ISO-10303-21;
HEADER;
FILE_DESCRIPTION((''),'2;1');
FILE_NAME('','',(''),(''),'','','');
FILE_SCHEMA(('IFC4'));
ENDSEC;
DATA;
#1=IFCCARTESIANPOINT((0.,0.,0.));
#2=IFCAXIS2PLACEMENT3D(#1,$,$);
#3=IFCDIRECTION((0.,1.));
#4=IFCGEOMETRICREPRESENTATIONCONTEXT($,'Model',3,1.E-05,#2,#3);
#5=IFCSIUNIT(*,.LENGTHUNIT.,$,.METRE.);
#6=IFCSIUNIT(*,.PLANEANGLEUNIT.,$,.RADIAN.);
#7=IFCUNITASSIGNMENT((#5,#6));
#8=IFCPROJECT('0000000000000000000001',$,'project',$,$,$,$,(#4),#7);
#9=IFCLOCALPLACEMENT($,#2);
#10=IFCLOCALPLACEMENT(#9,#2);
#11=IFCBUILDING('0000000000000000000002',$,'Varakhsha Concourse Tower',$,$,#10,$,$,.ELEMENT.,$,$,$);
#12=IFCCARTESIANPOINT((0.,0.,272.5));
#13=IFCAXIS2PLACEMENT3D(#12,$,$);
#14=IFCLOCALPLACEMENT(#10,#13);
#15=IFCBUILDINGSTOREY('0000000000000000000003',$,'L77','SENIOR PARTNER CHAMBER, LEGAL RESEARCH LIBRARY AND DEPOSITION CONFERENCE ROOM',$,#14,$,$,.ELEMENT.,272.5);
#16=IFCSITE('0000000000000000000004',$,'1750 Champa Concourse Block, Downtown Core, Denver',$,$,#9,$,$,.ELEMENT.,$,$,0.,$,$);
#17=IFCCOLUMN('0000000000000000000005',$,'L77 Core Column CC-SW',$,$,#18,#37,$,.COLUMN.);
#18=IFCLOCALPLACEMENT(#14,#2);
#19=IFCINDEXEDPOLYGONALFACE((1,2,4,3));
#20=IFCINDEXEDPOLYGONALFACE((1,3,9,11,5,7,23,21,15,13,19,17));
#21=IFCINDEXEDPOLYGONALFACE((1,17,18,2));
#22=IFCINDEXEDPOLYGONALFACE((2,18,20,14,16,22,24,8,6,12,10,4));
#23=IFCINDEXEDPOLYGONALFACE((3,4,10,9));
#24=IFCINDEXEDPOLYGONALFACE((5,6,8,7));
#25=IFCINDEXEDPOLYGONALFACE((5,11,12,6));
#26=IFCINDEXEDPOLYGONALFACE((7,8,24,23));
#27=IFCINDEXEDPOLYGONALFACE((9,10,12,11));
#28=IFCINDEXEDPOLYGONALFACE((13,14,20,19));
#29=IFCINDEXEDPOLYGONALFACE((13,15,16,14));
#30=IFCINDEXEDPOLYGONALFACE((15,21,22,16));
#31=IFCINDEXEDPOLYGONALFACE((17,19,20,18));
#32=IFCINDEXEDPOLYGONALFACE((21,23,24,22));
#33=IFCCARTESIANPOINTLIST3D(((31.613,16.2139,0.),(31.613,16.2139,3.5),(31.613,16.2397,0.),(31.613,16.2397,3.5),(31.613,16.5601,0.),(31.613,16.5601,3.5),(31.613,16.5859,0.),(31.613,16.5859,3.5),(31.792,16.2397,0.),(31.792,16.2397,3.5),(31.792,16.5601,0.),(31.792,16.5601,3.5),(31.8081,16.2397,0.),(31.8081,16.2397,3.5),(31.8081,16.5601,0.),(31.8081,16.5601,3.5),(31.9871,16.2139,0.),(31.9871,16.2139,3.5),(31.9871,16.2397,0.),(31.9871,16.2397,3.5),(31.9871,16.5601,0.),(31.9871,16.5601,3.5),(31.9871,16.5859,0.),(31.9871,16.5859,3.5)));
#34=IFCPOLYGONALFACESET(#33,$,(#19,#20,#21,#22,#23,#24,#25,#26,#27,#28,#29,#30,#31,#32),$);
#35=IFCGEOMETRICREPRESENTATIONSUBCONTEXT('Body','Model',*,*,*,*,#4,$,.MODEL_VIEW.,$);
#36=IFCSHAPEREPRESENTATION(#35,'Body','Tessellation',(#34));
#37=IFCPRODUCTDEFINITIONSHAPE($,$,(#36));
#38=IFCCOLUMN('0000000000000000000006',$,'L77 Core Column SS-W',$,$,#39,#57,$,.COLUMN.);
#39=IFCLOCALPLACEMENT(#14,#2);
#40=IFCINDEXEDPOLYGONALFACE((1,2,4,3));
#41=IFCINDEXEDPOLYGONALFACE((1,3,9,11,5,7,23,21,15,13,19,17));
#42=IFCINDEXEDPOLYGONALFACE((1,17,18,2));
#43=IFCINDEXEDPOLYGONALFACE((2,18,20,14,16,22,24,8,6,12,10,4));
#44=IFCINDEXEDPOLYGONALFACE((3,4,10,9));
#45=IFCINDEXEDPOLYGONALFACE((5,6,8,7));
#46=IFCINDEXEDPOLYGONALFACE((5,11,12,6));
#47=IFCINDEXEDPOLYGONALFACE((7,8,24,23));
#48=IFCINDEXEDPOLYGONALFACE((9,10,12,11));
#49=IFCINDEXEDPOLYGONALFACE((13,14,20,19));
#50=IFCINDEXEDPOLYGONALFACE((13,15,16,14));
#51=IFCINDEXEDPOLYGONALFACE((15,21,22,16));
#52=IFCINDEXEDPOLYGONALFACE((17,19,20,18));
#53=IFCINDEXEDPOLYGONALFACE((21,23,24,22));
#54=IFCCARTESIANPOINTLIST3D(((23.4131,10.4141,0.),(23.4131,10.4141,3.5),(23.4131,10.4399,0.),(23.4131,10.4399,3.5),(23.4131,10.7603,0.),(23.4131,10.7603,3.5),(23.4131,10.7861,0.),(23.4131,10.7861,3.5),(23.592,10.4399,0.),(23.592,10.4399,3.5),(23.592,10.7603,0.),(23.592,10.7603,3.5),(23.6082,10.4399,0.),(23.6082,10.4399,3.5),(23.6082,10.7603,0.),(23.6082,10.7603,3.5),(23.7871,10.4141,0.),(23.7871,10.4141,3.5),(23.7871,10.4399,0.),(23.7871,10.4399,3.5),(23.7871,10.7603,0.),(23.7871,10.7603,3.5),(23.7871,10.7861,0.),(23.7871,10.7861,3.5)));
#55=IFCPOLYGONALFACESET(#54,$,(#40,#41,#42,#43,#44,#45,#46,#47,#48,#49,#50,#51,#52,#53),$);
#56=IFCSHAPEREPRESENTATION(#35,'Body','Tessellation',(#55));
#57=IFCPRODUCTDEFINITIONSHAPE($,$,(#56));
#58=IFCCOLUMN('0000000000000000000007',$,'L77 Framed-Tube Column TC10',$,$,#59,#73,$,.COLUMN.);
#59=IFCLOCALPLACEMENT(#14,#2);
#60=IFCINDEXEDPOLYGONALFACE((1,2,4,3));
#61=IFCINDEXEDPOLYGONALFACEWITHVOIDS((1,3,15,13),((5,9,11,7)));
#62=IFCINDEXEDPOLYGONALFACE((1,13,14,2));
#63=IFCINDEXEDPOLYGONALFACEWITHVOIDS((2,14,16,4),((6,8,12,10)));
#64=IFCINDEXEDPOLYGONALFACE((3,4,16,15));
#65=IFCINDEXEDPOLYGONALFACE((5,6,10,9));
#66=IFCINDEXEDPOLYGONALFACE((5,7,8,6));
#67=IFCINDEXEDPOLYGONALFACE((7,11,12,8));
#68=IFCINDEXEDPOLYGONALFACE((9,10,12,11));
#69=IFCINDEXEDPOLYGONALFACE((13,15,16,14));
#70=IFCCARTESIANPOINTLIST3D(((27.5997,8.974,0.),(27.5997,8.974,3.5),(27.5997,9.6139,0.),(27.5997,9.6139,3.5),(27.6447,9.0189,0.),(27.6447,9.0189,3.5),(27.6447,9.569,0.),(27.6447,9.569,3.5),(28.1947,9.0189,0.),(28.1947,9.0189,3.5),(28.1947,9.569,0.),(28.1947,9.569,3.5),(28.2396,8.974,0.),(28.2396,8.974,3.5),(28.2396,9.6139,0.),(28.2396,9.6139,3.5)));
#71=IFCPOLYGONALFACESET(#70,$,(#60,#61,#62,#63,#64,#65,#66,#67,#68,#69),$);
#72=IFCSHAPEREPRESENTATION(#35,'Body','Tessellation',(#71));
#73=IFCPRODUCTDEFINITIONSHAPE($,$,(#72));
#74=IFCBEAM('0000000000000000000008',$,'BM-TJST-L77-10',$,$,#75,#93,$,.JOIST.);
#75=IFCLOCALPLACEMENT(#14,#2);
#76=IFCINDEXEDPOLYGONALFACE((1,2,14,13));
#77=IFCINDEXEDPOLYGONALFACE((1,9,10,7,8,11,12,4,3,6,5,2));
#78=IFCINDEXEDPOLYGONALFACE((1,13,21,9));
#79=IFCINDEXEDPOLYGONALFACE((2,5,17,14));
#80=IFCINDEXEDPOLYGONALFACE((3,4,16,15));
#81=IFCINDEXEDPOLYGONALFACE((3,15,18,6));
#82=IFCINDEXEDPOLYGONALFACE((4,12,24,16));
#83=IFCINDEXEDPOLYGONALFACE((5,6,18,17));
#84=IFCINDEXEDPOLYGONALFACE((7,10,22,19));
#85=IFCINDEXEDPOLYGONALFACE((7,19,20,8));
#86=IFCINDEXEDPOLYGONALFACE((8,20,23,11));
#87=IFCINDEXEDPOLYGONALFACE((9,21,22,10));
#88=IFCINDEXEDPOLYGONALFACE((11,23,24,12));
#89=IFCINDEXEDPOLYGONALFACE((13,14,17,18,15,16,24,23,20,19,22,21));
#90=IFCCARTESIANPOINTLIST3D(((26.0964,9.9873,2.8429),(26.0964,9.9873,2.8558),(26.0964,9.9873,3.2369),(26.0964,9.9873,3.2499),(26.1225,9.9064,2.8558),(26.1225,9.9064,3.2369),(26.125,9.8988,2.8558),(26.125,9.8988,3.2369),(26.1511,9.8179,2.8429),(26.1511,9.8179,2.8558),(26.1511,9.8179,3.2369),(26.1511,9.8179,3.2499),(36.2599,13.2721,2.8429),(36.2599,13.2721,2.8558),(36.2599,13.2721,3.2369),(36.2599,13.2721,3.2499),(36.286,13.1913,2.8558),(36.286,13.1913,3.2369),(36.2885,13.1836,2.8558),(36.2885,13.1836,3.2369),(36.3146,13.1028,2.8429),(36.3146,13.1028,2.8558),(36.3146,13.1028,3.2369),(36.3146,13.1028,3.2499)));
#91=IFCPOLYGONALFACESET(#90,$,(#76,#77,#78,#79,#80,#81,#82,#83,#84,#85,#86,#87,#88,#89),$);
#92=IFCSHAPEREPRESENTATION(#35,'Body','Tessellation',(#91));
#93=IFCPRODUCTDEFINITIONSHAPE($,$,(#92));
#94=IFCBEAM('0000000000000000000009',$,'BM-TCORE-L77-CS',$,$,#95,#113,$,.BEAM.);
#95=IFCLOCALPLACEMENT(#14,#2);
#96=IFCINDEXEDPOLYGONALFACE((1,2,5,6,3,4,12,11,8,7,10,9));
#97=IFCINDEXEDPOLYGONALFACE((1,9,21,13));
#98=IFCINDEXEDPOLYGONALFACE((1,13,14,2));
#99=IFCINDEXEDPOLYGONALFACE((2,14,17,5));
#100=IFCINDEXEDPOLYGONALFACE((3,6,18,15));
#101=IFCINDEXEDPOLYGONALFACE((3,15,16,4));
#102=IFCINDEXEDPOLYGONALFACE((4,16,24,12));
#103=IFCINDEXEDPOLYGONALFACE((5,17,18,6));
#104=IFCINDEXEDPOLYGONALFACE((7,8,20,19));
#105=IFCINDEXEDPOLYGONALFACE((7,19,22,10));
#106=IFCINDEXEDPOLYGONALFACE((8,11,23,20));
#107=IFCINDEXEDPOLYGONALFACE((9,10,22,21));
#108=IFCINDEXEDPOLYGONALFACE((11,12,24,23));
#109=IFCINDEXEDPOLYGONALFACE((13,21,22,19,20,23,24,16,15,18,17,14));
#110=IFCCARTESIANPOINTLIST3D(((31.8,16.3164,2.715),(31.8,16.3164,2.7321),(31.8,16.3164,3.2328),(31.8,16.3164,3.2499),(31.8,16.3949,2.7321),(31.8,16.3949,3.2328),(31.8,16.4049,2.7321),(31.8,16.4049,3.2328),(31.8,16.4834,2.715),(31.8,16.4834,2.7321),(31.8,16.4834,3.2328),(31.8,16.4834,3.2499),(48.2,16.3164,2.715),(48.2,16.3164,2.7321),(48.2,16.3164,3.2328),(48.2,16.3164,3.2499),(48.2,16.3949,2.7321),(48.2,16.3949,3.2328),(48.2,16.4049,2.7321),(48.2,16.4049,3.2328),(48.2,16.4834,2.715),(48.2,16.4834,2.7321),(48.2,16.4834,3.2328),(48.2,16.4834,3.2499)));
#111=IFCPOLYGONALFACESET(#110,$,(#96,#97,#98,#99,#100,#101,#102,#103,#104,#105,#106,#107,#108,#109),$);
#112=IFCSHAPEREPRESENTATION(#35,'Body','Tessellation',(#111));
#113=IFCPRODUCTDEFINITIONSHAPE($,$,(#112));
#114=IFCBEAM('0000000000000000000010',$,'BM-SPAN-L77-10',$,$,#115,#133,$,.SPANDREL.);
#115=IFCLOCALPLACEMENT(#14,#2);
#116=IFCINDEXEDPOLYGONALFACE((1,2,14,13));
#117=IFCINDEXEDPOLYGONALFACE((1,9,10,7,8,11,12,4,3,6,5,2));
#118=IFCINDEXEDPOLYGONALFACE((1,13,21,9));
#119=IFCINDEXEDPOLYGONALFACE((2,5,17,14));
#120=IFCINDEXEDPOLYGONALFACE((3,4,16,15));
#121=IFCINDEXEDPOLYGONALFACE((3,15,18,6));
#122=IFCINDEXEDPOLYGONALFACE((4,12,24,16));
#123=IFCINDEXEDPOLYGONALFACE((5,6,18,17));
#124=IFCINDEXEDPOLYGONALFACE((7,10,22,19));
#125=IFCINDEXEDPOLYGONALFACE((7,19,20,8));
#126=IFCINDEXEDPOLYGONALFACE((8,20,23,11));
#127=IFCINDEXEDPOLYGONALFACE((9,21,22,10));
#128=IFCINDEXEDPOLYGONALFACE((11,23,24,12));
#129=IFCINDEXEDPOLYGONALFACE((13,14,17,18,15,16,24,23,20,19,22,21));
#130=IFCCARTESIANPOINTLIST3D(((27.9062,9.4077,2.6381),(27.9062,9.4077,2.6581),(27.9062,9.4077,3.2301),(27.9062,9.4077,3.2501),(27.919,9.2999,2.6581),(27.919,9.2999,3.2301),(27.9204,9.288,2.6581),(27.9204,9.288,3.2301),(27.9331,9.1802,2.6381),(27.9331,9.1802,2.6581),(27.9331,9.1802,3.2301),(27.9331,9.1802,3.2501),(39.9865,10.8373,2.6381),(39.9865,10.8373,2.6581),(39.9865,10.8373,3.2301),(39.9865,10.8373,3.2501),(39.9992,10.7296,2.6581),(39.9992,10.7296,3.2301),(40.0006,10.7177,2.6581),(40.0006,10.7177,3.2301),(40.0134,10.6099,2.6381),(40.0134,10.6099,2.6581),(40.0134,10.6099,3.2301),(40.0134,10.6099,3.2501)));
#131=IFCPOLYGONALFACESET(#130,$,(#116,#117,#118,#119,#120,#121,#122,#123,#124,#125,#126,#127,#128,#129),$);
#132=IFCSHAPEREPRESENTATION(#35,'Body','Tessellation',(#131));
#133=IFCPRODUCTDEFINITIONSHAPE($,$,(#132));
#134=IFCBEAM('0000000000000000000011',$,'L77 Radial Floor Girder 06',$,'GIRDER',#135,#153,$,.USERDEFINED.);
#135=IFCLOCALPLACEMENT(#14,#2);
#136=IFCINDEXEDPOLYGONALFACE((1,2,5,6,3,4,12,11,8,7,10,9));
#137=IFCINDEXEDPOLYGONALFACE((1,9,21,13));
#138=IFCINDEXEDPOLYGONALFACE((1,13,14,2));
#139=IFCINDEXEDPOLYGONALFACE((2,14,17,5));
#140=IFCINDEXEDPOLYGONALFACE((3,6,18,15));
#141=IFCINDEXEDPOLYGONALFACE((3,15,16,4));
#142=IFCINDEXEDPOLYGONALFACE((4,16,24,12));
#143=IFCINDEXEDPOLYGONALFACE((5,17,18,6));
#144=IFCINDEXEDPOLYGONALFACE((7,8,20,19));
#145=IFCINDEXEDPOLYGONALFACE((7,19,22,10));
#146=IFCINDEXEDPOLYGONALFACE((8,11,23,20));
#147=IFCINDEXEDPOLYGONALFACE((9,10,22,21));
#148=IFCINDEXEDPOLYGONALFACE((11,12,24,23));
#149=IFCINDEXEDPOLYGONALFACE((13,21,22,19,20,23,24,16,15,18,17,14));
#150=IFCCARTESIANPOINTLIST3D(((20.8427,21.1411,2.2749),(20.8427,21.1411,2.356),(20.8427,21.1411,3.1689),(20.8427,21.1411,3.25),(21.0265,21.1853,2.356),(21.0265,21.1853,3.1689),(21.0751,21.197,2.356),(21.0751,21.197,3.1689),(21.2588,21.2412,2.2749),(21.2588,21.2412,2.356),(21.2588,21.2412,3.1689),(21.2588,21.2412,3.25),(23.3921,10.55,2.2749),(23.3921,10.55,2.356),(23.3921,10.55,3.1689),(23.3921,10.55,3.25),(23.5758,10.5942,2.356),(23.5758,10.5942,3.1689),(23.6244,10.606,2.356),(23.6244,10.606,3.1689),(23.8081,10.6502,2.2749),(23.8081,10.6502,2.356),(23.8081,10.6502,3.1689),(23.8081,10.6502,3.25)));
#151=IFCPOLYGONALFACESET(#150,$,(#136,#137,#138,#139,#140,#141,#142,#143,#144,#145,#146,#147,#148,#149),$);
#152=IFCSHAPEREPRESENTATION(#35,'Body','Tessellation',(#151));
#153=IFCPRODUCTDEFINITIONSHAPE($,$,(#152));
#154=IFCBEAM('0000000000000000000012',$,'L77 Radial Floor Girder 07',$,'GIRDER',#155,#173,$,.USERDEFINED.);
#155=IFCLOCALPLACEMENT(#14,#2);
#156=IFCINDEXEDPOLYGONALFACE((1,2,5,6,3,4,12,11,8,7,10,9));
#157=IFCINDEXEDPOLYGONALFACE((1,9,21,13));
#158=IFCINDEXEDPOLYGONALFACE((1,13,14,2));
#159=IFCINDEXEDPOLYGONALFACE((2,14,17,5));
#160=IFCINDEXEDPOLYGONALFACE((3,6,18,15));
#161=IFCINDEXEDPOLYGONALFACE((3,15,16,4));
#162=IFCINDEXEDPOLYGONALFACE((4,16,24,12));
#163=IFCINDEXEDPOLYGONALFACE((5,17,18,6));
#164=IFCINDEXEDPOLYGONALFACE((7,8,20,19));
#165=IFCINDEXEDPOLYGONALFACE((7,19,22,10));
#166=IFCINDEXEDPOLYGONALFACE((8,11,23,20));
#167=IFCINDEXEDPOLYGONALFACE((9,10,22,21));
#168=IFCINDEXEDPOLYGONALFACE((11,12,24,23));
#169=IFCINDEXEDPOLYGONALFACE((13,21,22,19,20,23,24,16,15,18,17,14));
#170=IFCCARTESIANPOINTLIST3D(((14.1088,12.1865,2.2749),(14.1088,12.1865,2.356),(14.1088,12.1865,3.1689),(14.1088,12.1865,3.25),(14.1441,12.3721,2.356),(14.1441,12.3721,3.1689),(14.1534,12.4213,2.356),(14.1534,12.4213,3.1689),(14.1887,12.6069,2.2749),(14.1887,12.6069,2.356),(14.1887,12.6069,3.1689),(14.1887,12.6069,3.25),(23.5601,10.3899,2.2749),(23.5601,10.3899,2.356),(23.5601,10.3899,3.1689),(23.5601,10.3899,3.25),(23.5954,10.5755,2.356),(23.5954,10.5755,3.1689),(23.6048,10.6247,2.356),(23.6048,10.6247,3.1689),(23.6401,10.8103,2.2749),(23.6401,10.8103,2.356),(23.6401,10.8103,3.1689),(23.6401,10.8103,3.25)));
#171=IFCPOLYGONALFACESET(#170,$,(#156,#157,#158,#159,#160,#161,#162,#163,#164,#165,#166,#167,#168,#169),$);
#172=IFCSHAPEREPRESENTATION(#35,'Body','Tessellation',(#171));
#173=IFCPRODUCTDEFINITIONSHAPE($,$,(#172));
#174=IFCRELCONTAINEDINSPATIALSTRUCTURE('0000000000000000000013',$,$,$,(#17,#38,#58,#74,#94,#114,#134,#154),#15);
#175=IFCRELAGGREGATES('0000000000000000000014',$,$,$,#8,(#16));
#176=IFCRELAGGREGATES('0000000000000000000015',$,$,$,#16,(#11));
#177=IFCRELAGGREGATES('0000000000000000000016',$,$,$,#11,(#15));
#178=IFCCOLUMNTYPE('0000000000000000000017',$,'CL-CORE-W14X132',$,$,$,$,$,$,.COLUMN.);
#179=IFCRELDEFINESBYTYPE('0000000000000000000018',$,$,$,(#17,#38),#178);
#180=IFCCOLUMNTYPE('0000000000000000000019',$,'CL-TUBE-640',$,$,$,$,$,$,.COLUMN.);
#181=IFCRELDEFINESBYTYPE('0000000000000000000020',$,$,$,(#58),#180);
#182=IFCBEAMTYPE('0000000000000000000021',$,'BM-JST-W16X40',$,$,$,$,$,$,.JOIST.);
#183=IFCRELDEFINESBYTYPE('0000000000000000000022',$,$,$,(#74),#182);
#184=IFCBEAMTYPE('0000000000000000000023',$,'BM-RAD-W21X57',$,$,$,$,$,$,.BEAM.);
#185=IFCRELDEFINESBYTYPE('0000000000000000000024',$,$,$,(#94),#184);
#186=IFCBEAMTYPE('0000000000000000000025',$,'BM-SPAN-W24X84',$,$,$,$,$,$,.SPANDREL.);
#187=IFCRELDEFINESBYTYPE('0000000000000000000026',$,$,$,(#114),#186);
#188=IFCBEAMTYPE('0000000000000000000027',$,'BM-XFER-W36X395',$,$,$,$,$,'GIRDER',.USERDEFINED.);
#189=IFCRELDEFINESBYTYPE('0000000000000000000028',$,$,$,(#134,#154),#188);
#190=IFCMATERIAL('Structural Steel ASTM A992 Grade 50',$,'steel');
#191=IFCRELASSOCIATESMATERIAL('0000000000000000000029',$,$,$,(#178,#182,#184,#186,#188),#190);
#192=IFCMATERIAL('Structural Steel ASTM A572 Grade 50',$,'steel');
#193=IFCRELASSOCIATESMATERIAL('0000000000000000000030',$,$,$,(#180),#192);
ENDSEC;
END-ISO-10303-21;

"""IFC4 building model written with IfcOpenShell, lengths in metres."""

from ifc_helpers import new_model, si_unit, direction, frame, origin, origin_2d, place, context, subcontext, project, spatial, hollow_rectangle, i_section, extrude, material, material_profile, profile_set, type_object, element, save


model = new_model("IFC4")

# Units and contexts
model_context = context("Model", 3, precision=1e-05, world=origin(), true_north=direction((0.0, 1.0)))
body_context = subcontext(model_context, "Body", "Model", "MODEL_VIEW")
ifc_project = project(units=[si_unit("LENGTHUNIT", "METRE"), si_unit("PLANEANGLEUNIT", "RADIAN")], contexts=[model_context])

# Site, building, storey
site_placement = place(None, origin())
site = spatial("IfcSite", under=ifc_project, at=site_placement, Name="1750 Champa Concourse Block, Downtown Core, Denver", CompositionType="ELEMENT", RefElevation=0.0)
building_placement = place(site_placement, origin())
building = spatial("IfcBuilding", under=site, at=building_placement, Name="Varakhsha Concourse Tower", CompositionType="ELEMENT")
storey_placement = place(building_placement, frame((0.0, 0.0, 272.5)))
storey = spatial("IfcBuildingStorey", under=building, at=storey_placement, Name="L77", Description="SENIOR PARTNER CHAMBER, LEGAL RESEARCH LIBRARY AND DEPOSITION CONFERENCE ROOM", CompositionType="ELEMENT", Elevation=272.5)

# Columns
ifc_material_1 = material(Name="Structural Steel ASTM A992 Grade 50", Category="steel")
ifc_material_profile_1 = material_profile(ifc_material_1, i_section(OverallWidth=0.374, OverallDepth=0.3721, WebThickness=0.0161, FlangeThickness=0.0259, at=origin_2d()), Name="W14X132")
ifc_profile_set_1 = profile_set([ifc_material_profile_1], Name="Structural Steel ASTM A992 Grade 50")
column_type_1 = type_object("IfcColumnType", Name="CL-CORE-W14X132", PredefinedType="COLUMN", material=ifc_profile_set_1)
for number, where, z_axis, x_axis, name in (
    (1, (31.8, 16.3999, 0.0), (0.0, 0.0, 1.0), (1.0, 0.0, 0.0), "L77 Core Column CC-SW"),
    (2, (23.6001, 10.6001, 0.0), (0.0, 0.0, 1.0), (1.0, 0.0, 0.0), "L77 Core Column SS-W"),
):
    element("IfcColumn", number, at=place(storey_placement, frame(where, z_axis=z_axis, x_axis=x_axis)), inside=storey, type_object=column_type_1, Name=name, PredefinedType="COLUMN", context=body_context, shape_type="SweptSolid", body=[
        extrude(i_section(OverallWidth=0.374, OverallDepth=0.3721, WebThickness=0.0161, FlangeThickness=0.0259, at=origin_2d()), origin(), (0.0, 0.0, 1.0), 3.5),
    ])
ifc_material_2 = material(Name="Structural Steel ASTM A572 Grade 50", Category="steel")
ifc_material_profile_2 = material_profile(ifc_material_2, hollow_rectangle(XDim=0.6399, YDim=0.6399, WallThickness=0.0449, at=origin_2d()), Name="BOX 640x640x45")
ifc_profile_set_2 = profile_set([ifc_material_profile_2], Name="Structural Steel ASTM A572 Grade 50")
column_type_2 = type_object("IfcColumnType", Name="CL-TUBE-640", PredefinedType="COLUMN", material=ifc_profile_set_2)
column_placement = place(storey_placement, frame((27.9197, 9.2939, 0.0), z_axis=(0.0, 0.0, 1.0), x_axis=(1.0, 0.0, 0.0)))
element("IfcColumn", 3, at=column_placement, inside=storey, type_object=column_type_2, Name="L77 Framed-Tube Column TC10", PredefinedType="COLUMN", context=body_context, shape_type="SweptSolid", body=[
    extrude(hollow_rectangle(XDim=0.6399, YDim=0.6399, WallThickness=0.0449, at=origin_2d()), origin(), (0.0, 0.0, 1.0), 3.5),
])

# Beams
ifc_material_profile_3 = material_profile(ifc_material_1, i_section(OverallWidth=0.178, OverallDepth=0.407, WebThickness=0.0081, FlangeThickness=0.0129, at=origin_2d()), Name="W16X40")
ifc_profile_set_3 = profile_set([ifc_material_profile_3], Name="Structural Steel ASTM A992 Grade 50")
beam_type_1 = type_object("IfcBeamType", Name="BM-JST-W16X40", PredefinedType="JOIST", material=ifc_profile_set_3)
beam_1_placement = place(storey_placement, frame((26.1238, 9.9026, 3.0464), z_axis=(0.951535, 0.30754, 0.0), x_axis=(-0.30754, 0.951535, 0.0)))
element("IfcBeam", 4, at=beam_1_placement, inside=storey, type_object=beam_type_1, Name="BM-TJST-L77-10", PredefinedType="JOIST", context=body_context, shape_type="SweptSolid", body=[
    extrude(i_section(OverallWidth=0.178, OverallDepth=0.407, WebThickness=0.0081, FlangeThickness=0.0129, at=origin_2d()), origin(), (0.0, 0.0, 1.0), 10.6812),
])
ifc_material_profile_4 = material_profile(ifc_material_1, i_section(OverallWidth=0.167, OverallDepth=0.5349, WebThickness=0.01, FlangeThickness=0.0171, at=origin_2d()), Name="W21X57")
ifc_profile_set_4 = profile_set([ifc_material_profile_4], Name="Structural Steel ASTM A992 Grade 50")
beam_type_2 = type_object("IfcBeamType", Name="BM-RAD-W21X57", PredefinedType="BEAM", material=ifc_profile_set_4)
beam_2_placement = place(storey_placement, frame((31.8, 16.3999, 2.9824), z_axis=(1.0, 0.0, 0.0), x_axis=(0.0, 1.0, 0.0)))
element("IfcBeam", 5, at=beam_2_placement, inside=storey, type_object=beam_type_2, Name="BM-TCORE-L77-CS", PredefinedType="BEAM", context=body_context, shape_type="SweptSolid", body=[
    extrude(i_section(OverallWidth=0.167, OverallDepth=0.5349, WebThickness=0.01, FlangeThickness=0.0171, at=origin_2d()), origin(), (0.0, 0.0, 1.0), 16.3999),
])
ifc_material_profile_5 = material_profile(ifc_material_1, i_section(OverallWidth=0.229, OverallDepth=0.6121, WebThickness=0.012, FlangeThickness=0.02, at=origin_2d()), Name="W24X84")
ifc_profile_set_5 = profile_set([ifc_material_profile_5], Name="Structural Steel ASTM A992 Grade 50")
beam_type_3 = type_object("IfcBeamType", Name="BM-SPAN-W24X84", PredefinedType="SPANDREL", material=ifc_profile_set_5)
beam_3_placement = place(storey_placement, frame((27.9197, 9.2939, 2.9441), z_axis=(0.99307, 0.117528, 0.0), x_axis=(-0.117528, 0.99307, 0.0)))
element("IfcBeam", 6, at=beam_3_placement, inside=storey, type_object=beam_type_3, Name="BM-SPAN-L77-10", PredefinedType="SPANDREL", context=body_context, shape_type="SweptSolid", body=[
    extrude(i_section(OverallWidth=0.229, OverallDepth=0.6121, WebThickness=0.012, FlangeThickness=0.02, at=origin_2d()), origin(), (0.0, 0.0, 1.0), 12.1646),
])
ifc_material_profile_6 = material_profile(ifc_material_1, i_section(OverallWidth=0.428, OverallDepth=0.9751, WebThickness=0.05, FlangeThickness=0.0811, at=origin_2d()), Name="W36X395")
ifc_profile_set_6 = profile_set([ifc_material_profile_6], Name="Structural Steel ASTM A992 Grade 50")
beam_type_4 = type_object("IfcBeamType", Name="BM-XFER-W36X395", ElementType="GIRDER", PredefinedType="USERDEFINED", material=ifc_profile_set_6)
beam_4_placement = place(storey_placement, frame((23.6001, 10.6001, 2.7625), z_axis=(-0.23402, 0.972232, 0.0), x_axis=(-0.972232, -0.23402, 0.0)))
element("IfcBeam", 7, at=beam_4_placement, inside=storey, type_object=beam_type_4, Name="L77 Radial Floor Girder 06", ObjectType="GIRDER", PredefinedType="USERDEFINED", context=body_context, shape_type="SweptSolid", body=[
    extrude(i_section(OverallWidth=0.428, OverallDepth=0.9751, WebThickness=0.05, FlangeThickness=0.0811, at=origin_2d()), origin(), (0.0, 0.0, 1.0), 10.8936),
])
beam_5_placement = place(storey_placement, frame((23.6001, 10.6001, 2.7625), z_axis=(-0.982408, 0.186747, 0.0), x_axis=(-0.186747, -0.982408, 0.0)))
element("IfcBeam", 8, at=beam_5_placement, inside=storey, type_object=beam_type_4, Name="L77 Radial Floor Girder 07", ObjectType="GIRDER", PredefinedType="USERDEFINED", context=body_context, shape_type="SweptSolid", body=[
    extrude(i_section(OverallWidth=0.428, OverallDepth=0.9751, WebThickness=0.05, FlangeThickness=0.0811, at=origin_2d()), origin(), (0.0, 0.0, 1.0), 9.6206),
])

save(model, "model.ifc")
